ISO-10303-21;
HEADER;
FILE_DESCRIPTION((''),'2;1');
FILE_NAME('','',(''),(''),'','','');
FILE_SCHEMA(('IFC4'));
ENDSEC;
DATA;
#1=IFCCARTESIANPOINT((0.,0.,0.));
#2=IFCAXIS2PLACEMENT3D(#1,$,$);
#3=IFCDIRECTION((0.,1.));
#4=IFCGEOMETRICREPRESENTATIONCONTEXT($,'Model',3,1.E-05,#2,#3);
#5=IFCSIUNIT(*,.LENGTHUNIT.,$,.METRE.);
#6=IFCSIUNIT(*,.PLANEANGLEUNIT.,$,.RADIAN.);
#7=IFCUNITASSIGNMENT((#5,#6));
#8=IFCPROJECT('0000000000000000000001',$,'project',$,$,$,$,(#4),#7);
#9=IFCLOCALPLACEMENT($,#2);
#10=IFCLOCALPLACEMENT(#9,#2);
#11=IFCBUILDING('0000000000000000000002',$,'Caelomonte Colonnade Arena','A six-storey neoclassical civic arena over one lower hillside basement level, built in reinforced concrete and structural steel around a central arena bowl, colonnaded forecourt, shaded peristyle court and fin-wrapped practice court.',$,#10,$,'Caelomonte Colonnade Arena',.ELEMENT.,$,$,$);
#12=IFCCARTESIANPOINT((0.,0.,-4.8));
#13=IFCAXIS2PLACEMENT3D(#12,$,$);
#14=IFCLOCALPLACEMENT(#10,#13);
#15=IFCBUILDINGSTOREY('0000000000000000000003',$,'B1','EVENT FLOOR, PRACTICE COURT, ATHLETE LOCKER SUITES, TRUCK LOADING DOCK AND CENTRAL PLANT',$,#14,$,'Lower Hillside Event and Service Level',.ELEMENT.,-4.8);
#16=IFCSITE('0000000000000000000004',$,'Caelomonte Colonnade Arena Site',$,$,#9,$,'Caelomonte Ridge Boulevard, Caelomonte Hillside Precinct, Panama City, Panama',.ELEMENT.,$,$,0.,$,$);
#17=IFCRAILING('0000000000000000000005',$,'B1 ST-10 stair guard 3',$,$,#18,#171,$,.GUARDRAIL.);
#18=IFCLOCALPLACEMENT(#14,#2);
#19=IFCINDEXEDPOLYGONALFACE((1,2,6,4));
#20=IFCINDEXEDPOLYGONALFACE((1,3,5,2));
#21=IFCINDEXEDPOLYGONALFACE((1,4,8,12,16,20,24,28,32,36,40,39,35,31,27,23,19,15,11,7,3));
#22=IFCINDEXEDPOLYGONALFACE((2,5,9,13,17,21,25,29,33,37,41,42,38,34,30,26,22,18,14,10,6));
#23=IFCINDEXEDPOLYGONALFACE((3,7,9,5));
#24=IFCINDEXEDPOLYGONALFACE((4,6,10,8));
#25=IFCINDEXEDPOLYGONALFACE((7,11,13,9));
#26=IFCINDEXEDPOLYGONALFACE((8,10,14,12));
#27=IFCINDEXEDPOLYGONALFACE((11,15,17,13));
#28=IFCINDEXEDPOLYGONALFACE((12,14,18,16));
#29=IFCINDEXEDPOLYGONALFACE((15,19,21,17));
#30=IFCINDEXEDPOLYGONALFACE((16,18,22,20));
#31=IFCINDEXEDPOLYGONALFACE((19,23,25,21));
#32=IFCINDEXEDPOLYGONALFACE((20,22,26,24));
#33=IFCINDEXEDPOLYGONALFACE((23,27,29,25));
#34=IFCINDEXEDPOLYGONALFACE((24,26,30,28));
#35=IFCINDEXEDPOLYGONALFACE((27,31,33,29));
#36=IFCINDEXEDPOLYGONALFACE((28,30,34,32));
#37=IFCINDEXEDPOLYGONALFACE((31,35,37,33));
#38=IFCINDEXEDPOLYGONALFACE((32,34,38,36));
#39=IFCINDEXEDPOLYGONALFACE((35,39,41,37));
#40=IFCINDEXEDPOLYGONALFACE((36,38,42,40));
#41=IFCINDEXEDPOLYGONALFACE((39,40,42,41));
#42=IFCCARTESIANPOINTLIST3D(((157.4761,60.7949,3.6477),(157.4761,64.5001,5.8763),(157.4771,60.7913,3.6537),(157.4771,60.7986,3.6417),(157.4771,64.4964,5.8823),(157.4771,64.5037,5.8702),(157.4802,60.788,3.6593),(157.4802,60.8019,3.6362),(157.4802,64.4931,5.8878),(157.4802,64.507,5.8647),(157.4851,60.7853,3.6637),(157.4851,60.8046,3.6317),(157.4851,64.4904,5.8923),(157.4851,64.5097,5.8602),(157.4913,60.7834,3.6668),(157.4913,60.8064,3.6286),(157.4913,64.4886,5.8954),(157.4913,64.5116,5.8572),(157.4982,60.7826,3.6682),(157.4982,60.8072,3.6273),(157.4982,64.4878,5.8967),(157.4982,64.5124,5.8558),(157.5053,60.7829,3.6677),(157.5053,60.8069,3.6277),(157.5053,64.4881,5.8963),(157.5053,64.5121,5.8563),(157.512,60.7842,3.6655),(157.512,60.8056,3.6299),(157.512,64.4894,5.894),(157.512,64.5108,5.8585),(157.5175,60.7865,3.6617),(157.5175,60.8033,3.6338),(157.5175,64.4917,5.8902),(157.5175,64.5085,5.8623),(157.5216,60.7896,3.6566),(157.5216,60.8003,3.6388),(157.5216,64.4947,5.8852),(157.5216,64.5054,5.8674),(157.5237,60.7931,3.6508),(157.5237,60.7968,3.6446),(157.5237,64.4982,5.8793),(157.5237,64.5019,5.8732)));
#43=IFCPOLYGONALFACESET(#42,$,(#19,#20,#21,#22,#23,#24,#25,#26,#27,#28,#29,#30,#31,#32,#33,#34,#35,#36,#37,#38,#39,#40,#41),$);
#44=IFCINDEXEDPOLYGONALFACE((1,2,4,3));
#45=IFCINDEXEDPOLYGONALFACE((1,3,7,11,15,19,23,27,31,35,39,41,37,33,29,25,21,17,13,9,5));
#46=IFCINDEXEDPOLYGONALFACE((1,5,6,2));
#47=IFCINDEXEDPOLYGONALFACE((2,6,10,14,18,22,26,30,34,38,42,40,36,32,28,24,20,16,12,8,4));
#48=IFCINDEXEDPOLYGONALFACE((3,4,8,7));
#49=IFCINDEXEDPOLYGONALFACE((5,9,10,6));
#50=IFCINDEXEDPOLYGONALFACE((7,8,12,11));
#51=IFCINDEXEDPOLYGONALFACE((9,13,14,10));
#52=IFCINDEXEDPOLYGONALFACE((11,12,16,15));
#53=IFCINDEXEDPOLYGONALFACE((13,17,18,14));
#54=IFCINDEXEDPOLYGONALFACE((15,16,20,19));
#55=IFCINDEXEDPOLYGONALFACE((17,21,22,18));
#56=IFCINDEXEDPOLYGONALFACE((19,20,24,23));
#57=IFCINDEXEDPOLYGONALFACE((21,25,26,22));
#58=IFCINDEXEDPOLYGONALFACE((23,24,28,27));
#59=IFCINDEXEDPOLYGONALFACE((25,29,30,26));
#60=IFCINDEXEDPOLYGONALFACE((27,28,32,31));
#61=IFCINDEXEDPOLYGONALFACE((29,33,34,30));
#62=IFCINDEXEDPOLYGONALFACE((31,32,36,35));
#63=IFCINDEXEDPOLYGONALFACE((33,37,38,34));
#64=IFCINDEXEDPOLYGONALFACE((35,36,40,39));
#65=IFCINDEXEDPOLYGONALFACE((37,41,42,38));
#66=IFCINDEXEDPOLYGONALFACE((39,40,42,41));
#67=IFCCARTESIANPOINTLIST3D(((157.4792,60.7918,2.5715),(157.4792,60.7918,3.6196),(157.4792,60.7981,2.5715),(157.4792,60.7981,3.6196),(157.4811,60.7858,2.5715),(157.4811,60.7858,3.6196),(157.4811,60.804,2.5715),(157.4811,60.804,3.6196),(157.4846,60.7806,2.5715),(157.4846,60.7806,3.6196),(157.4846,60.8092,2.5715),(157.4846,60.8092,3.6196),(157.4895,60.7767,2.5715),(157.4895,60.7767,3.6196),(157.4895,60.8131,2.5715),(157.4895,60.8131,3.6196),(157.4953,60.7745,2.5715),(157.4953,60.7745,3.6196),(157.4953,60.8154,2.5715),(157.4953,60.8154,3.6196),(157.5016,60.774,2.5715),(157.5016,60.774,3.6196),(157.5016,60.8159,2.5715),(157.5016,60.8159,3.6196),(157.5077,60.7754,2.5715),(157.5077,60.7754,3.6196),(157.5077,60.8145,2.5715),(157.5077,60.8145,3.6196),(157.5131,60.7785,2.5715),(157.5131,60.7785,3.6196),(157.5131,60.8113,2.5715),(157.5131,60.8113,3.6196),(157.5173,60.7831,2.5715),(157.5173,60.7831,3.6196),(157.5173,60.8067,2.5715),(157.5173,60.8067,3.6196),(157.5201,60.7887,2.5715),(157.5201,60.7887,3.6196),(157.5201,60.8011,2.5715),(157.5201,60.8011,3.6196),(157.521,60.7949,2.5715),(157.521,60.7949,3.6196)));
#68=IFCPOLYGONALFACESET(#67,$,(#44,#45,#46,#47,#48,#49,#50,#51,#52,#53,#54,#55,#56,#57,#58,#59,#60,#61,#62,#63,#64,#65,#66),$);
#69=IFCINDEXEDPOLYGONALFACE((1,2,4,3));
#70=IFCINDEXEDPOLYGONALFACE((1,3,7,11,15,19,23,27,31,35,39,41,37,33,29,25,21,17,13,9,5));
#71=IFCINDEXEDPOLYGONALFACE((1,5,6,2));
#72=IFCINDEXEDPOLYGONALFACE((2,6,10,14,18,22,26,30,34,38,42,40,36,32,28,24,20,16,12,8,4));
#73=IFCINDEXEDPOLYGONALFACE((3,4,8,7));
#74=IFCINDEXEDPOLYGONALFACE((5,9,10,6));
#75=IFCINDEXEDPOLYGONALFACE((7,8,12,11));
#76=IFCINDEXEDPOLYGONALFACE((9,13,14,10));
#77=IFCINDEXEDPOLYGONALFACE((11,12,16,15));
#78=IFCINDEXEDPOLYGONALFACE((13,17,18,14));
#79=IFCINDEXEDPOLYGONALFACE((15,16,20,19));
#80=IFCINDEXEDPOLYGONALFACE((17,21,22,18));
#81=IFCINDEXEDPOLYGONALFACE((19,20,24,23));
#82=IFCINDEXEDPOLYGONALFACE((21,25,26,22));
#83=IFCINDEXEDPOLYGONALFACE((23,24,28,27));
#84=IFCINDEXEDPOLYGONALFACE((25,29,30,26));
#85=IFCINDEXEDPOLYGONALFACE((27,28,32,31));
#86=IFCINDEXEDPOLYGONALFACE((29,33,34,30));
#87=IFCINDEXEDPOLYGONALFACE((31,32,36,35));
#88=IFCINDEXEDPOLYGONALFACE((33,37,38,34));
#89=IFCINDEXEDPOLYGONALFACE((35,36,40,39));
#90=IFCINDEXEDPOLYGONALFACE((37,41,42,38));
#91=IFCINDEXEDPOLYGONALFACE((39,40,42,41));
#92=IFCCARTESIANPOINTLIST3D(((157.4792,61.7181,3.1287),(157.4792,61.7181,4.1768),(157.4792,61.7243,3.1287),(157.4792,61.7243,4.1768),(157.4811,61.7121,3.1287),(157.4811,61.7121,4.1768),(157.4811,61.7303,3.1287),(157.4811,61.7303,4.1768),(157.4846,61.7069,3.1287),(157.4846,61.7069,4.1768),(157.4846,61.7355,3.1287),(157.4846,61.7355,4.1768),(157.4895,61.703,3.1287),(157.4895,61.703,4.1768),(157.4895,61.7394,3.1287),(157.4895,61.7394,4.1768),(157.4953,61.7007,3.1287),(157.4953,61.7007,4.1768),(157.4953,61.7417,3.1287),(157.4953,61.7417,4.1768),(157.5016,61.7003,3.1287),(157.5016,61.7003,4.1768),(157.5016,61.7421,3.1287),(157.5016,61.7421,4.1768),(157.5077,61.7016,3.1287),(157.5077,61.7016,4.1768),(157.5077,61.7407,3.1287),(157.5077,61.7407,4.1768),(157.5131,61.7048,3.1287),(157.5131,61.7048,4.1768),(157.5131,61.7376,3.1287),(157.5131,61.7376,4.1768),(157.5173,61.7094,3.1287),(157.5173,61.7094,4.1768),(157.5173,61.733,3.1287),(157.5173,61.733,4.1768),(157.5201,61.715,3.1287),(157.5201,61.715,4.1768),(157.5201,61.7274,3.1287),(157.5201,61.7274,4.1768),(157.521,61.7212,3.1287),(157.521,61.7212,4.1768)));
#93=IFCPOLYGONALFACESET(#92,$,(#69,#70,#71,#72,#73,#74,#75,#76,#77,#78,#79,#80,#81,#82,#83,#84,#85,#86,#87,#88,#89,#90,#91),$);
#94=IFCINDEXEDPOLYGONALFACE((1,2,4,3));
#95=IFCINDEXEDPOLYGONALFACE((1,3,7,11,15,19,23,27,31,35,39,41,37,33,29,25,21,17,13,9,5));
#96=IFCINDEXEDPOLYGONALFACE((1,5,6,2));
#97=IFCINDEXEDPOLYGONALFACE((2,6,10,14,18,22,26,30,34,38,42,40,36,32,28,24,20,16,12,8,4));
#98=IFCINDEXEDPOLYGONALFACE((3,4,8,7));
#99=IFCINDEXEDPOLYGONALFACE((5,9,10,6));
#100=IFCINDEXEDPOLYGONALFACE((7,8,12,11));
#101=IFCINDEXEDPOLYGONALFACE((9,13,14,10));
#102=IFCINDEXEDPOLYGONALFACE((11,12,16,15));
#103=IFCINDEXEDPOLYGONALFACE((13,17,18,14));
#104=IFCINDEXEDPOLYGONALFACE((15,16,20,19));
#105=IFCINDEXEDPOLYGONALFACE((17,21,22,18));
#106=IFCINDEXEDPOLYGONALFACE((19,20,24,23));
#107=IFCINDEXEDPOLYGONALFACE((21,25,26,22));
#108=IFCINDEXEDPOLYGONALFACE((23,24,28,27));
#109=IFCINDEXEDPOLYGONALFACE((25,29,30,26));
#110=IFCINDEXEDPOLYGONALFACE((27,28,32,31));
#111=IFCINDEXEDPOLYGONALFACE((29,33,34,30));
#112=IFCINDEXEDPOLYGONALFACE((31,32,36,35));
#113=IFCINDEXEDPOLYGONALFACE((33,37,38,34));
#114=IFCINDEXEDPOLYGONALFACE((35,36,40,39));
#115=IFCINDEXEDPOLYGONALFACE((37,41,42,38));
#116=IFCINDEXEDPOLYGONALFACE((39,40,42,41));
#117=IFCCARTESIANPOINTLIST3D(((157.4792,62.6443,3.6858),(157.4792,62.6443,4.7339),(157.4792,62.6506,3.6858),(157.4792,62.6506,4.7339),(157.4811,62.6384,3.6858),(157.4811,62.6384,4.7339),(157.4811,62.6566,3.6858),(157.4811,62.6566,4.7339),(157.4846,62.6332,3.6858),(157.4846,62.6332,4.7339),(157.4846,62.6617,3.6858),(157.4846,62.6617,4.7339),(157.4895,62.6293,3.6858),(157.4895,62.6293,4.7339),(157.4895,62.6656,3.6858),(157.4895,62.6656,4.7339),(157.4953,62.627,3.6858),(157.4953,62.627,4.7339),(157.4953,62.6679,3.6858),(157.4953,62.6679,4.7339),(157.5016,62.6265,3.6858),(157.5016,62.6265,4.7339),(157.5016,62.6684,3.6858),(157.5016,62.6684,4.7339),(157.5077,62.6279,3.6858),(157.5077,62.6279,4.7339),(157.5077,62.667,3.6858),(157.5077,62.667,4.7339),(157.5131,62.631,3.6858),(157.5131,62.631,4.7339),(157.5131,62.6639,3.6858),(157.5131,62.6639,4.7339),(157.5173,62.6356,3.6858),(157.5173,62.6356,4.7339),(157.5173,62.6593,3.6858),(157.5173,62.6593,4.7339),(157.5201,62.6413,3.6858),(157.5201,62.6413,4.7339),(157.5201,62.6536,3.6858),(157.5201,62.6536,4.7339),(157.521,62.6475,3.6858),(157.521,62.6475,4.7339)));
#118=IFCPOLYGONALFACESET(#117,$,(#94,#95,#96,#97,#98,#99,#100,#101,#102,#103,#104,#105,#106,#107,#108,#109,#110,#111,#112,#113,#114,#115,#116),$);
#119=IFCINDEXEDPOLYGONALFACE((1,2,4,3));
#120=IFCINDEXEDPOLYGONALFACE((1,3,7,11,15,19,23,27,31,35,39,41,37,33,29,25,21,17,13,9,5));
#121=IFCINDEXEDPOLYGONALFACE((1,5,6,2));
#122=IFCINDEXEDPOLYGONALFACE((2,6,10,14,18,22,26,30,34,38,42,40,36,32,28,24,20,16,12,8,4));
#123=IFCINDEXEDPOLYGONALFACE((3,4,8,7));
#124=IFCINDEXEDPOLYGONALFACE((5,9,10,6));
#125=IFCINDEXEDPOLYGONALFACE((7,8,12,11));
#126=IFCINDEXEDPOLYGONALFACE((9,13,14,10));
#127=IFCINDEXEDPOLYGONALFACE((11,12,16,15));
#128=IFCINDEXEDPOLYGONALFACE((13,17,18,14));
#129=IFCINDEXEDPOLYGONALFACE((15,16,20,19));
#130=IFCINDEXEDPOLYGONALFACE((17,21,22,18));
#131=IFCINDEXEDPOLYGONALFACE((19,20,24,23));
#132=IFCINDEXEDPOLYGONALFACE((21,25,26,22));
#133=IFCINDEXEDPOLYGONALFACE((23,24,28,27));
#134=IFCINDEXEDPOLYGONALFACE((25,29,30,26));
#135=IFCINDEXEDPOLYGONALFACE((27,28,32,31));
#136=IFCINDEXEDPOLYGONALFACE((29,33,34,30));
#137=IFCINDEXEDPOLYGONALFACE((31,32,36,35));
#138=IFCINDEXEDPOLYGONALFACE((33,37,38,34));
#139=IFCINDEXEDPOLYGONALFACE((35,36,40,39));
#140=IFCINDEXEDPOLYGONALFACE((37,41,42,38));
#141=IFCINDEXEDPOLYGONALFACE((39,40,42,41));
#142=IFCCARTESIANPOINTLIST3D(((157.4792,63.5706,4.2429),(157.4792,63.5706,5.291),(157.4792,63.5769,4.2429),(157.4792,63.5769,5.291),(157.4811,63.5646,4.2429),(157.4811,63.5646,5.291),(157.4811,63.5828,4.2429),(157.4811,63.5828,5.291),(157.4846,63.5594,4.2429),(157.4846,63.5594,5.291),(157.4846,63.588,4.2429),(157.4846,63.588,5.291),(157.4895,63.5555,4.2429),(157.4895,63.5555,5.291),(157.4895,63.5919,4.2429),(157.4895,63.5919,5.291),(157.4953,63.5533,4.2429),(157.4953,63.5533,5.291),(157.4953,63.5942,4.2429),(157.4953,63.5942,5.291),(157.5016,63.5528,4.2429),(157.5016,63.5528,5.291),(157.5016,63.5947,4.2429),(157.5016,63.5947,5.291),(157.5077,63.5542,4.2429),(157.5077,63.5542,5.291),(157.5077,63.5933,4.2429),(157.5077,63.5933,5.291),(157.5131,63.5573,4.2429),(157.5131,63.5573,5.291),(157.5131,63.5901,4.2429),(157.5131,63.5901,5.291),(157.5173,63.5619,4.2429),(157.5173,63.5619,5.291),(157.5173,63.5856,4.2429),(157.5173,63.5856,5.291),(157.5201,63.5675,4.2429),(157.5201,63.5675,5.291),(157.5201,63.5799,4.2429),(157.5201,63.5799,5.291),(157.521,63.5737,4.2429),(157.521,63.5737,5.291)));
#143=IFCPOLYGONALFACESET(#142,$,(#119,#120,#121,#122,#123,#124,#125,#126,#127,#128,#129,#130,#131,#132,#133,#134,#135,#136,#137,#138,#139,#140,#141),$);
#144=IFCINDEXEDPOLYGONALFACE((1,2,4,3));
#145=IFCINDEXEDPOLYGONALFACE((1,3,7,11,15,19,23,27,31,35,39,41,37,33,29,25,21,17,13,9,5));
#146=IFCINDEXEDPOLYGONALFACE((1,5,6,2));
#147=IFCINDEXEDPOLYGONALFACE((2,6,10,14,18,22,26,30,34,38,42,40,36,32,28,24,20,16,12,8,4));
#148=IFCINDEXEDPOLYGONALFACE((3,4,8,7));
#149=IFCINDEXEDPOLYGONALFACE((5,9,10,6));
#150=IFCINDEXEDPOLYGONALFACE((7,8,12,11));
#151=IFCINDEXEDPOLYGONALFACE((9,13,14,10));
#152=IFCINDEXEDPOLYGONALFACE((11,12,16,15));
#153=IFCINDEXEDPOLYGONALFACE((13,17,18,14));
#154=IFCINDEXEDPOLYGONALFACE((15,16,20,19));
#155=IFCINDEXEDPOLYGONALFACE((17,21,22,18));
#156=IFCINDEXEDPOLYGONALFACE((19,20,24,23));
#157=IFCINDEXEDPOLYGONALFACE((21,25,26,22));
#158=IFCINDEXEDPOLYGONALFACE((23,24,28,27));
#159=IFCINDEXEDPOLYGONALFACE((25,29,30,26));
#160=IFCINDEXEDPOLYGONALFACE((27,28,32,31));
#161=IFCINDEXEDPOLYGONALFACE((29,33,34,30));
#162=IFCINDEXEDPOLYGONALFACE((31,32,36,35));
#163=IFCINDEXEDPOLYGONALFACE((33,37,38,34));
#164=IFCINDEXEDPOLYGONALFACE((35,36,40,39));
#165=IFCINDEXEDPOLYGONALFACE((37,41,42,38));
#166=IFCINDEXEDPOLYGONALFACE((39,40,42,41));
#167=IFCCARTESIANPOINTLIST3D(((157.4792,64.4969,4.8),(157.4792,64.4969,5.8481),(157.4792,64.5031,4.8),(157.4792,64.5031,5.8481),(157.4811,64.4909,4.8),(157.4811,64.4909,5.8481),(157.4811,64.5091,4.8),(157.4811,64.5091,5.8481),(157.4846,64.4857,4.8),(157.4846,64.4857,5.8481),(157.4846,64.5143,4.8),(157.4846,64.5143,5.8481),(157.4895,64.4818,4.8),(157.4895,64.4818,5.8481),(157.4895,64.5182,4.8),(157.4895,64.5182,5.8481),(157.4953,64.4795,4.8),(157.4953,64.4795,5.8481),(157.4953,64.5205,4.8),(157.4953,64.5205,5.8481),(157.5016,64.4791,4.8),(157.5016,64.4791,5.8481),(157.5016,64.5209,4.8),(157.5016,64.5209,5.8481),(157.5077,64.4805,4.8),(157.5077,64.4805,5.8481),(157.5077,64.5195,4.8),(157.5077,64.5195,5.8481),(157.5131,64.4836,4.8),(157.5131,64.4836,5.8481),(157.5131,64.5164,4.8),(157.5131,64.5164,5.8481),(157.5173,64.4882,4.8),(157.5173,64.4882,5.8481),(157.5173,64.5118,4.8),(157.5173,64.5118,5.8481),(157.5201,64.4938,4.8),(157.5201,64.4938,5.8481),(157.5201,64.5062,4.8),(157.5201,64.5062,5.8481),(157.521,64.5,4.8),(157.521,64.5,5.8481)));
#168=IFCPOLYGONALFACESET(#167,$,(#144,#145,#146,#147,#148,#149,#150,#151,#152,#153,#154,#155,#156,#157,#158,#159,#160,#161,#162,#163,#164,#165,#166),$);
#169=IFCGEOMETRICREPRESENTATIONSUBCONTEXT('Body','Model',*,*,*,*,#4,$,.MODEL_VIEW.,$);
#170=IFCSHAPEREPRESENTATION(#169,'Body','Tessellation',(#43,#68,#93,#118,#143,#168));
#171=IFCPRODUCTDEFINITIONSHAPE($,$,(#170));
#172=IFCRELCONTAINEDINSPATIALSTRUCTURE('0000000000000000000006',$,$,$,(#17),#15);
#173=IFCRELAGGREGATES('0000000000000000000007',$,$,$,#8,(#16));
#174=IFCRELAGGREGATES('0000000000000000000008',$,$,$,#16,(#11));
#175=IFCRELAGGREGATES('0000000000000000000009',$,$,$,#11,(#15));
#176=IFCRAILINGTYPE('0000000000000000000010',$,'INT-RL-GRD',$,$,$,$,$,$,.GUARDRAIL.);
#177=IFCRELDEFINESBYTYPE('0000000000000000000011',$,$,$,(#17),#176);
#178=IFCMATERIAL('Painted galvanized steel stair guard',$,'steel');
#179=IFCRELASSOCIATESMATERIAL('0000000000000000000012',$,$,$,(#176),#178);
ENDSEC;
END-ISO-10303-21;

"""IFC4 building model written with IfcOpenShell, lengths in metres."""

from ifc_helpers import new_model, si_unit, direction, frame, origin, origin_2d, place, context, subcontext, project, spatial, circle, extrude, material, type_object, element, save


model = new_model("IFC4")

# Units and contexts
model_context = context("Model", 3, precision=1e-05, world=origin(), true_north=direction((0.0, 1.0)))
body_context = subcontext(model_context, "Body", "Model", "MODEL_VIEW")
ifc_project = project(units=[si_unit("LENGTHUNIT", "METRE"), si_unit("PLANEANGLEUNIT", "RADIAN")], contexts=[model_context])

# Site, building, storey
site_placement = place(None, origin())
site = spatial("IfcSite", under=ifc_project, at=site_placement, Name="Caelomonte Colonnade Arena Site", LongName="Caelomonte Ridge Boulevard, Caelomonte Hillside Precinct, Panama City, Panama", CompositionType="ELEMENT", RefElevation=0.0)
building_placement = place(site_placement, origin())
building = spatial("IfcBuilding", under=site, at=building_placement, Name="Caelomonte Colonnade Arena", Description="A six-storey neoclassical civic arena over one lower hillside basement level, built in reinforced concrete and structural steel around a central arena bowl, colonnaded forecourt, shaded peristyle court and fin-wrapped practice court.", LongName="Caelomonte Colonnade Arena", CompositionType="ELEMENT")
storey_placement = place(building_placement, frame((0.0, 0.0, -4.8)))
storey = spatial("IfcBuildingStorey", under=building, at=storey_placement, Name="B1", Description="EVENT FLOOR, PRACTICE COURT, ATHLETE LOCKER SUITES, TRUCK LOADING DOCK AND CENTRAL PLANT", LongName="Lower Hillside Event and Service Level", CompositionType="ELEMENT", Elevation=-4.8)

# Railing
ifc_material_1 = material(Name="Painted galvanized steel stair guard", Category="steel")
railing_type_1 = type_object("IfcRailingType", Name="INT-RL-GRD", PredefinedType="GUARDRAIL", material=ifc_material_1)
railing_1_placement = place(storey_placement, frame((157.5, 60.7949, 2.5715)))
element("IfcRailing", 1, at=railing_1_placement, inside=storey, type_object=railing_type_1, Name="B1 ST-10 stair guard 3", PredefinedType="GUARDRAIL", context=body_context, shape_type="SweptSolid", body=[
    extrude(circle(Radius=0.0239, at=origin_2d()), frame((0.0, 0.0, 1.0762), z_axis=(0.0, 0.856934, 0.515425), x_axis=(-1.0, 0.0, 0.0)), (0.0, 0.0, 1.0), 4.3237),
    extrude(circle(Radius=0.021, at=origin_2d()), origin(), (0.0, 0.0, 1.0), 1.0481),
    extrude(circle(Radius=0.021, at=origin_2d()), frame((0.0, 0.9263, 0.5571)), (0.0, 0.0, 1.0), 1.0481),
    extrude(circle(Radius=0.021, at=origin_2d()), frame((0.0, 1.8525, 1.1143)), (0.0, 0.0, 1.0), 1.0481),
    extrude(circle(Radius=0.021, at=origin_2d()), frame((0.0, 2.7788, 1.6714)), (0.0, 0.0, 1.0), 1.0481),
    extrude(circle(Radius=0.021, at=origin_2d()), frame((0.0, 3.7051, 2.2285)), (0.0, 0.0, 1.0), 1.0481),
])

save(model, "model.ifc")
